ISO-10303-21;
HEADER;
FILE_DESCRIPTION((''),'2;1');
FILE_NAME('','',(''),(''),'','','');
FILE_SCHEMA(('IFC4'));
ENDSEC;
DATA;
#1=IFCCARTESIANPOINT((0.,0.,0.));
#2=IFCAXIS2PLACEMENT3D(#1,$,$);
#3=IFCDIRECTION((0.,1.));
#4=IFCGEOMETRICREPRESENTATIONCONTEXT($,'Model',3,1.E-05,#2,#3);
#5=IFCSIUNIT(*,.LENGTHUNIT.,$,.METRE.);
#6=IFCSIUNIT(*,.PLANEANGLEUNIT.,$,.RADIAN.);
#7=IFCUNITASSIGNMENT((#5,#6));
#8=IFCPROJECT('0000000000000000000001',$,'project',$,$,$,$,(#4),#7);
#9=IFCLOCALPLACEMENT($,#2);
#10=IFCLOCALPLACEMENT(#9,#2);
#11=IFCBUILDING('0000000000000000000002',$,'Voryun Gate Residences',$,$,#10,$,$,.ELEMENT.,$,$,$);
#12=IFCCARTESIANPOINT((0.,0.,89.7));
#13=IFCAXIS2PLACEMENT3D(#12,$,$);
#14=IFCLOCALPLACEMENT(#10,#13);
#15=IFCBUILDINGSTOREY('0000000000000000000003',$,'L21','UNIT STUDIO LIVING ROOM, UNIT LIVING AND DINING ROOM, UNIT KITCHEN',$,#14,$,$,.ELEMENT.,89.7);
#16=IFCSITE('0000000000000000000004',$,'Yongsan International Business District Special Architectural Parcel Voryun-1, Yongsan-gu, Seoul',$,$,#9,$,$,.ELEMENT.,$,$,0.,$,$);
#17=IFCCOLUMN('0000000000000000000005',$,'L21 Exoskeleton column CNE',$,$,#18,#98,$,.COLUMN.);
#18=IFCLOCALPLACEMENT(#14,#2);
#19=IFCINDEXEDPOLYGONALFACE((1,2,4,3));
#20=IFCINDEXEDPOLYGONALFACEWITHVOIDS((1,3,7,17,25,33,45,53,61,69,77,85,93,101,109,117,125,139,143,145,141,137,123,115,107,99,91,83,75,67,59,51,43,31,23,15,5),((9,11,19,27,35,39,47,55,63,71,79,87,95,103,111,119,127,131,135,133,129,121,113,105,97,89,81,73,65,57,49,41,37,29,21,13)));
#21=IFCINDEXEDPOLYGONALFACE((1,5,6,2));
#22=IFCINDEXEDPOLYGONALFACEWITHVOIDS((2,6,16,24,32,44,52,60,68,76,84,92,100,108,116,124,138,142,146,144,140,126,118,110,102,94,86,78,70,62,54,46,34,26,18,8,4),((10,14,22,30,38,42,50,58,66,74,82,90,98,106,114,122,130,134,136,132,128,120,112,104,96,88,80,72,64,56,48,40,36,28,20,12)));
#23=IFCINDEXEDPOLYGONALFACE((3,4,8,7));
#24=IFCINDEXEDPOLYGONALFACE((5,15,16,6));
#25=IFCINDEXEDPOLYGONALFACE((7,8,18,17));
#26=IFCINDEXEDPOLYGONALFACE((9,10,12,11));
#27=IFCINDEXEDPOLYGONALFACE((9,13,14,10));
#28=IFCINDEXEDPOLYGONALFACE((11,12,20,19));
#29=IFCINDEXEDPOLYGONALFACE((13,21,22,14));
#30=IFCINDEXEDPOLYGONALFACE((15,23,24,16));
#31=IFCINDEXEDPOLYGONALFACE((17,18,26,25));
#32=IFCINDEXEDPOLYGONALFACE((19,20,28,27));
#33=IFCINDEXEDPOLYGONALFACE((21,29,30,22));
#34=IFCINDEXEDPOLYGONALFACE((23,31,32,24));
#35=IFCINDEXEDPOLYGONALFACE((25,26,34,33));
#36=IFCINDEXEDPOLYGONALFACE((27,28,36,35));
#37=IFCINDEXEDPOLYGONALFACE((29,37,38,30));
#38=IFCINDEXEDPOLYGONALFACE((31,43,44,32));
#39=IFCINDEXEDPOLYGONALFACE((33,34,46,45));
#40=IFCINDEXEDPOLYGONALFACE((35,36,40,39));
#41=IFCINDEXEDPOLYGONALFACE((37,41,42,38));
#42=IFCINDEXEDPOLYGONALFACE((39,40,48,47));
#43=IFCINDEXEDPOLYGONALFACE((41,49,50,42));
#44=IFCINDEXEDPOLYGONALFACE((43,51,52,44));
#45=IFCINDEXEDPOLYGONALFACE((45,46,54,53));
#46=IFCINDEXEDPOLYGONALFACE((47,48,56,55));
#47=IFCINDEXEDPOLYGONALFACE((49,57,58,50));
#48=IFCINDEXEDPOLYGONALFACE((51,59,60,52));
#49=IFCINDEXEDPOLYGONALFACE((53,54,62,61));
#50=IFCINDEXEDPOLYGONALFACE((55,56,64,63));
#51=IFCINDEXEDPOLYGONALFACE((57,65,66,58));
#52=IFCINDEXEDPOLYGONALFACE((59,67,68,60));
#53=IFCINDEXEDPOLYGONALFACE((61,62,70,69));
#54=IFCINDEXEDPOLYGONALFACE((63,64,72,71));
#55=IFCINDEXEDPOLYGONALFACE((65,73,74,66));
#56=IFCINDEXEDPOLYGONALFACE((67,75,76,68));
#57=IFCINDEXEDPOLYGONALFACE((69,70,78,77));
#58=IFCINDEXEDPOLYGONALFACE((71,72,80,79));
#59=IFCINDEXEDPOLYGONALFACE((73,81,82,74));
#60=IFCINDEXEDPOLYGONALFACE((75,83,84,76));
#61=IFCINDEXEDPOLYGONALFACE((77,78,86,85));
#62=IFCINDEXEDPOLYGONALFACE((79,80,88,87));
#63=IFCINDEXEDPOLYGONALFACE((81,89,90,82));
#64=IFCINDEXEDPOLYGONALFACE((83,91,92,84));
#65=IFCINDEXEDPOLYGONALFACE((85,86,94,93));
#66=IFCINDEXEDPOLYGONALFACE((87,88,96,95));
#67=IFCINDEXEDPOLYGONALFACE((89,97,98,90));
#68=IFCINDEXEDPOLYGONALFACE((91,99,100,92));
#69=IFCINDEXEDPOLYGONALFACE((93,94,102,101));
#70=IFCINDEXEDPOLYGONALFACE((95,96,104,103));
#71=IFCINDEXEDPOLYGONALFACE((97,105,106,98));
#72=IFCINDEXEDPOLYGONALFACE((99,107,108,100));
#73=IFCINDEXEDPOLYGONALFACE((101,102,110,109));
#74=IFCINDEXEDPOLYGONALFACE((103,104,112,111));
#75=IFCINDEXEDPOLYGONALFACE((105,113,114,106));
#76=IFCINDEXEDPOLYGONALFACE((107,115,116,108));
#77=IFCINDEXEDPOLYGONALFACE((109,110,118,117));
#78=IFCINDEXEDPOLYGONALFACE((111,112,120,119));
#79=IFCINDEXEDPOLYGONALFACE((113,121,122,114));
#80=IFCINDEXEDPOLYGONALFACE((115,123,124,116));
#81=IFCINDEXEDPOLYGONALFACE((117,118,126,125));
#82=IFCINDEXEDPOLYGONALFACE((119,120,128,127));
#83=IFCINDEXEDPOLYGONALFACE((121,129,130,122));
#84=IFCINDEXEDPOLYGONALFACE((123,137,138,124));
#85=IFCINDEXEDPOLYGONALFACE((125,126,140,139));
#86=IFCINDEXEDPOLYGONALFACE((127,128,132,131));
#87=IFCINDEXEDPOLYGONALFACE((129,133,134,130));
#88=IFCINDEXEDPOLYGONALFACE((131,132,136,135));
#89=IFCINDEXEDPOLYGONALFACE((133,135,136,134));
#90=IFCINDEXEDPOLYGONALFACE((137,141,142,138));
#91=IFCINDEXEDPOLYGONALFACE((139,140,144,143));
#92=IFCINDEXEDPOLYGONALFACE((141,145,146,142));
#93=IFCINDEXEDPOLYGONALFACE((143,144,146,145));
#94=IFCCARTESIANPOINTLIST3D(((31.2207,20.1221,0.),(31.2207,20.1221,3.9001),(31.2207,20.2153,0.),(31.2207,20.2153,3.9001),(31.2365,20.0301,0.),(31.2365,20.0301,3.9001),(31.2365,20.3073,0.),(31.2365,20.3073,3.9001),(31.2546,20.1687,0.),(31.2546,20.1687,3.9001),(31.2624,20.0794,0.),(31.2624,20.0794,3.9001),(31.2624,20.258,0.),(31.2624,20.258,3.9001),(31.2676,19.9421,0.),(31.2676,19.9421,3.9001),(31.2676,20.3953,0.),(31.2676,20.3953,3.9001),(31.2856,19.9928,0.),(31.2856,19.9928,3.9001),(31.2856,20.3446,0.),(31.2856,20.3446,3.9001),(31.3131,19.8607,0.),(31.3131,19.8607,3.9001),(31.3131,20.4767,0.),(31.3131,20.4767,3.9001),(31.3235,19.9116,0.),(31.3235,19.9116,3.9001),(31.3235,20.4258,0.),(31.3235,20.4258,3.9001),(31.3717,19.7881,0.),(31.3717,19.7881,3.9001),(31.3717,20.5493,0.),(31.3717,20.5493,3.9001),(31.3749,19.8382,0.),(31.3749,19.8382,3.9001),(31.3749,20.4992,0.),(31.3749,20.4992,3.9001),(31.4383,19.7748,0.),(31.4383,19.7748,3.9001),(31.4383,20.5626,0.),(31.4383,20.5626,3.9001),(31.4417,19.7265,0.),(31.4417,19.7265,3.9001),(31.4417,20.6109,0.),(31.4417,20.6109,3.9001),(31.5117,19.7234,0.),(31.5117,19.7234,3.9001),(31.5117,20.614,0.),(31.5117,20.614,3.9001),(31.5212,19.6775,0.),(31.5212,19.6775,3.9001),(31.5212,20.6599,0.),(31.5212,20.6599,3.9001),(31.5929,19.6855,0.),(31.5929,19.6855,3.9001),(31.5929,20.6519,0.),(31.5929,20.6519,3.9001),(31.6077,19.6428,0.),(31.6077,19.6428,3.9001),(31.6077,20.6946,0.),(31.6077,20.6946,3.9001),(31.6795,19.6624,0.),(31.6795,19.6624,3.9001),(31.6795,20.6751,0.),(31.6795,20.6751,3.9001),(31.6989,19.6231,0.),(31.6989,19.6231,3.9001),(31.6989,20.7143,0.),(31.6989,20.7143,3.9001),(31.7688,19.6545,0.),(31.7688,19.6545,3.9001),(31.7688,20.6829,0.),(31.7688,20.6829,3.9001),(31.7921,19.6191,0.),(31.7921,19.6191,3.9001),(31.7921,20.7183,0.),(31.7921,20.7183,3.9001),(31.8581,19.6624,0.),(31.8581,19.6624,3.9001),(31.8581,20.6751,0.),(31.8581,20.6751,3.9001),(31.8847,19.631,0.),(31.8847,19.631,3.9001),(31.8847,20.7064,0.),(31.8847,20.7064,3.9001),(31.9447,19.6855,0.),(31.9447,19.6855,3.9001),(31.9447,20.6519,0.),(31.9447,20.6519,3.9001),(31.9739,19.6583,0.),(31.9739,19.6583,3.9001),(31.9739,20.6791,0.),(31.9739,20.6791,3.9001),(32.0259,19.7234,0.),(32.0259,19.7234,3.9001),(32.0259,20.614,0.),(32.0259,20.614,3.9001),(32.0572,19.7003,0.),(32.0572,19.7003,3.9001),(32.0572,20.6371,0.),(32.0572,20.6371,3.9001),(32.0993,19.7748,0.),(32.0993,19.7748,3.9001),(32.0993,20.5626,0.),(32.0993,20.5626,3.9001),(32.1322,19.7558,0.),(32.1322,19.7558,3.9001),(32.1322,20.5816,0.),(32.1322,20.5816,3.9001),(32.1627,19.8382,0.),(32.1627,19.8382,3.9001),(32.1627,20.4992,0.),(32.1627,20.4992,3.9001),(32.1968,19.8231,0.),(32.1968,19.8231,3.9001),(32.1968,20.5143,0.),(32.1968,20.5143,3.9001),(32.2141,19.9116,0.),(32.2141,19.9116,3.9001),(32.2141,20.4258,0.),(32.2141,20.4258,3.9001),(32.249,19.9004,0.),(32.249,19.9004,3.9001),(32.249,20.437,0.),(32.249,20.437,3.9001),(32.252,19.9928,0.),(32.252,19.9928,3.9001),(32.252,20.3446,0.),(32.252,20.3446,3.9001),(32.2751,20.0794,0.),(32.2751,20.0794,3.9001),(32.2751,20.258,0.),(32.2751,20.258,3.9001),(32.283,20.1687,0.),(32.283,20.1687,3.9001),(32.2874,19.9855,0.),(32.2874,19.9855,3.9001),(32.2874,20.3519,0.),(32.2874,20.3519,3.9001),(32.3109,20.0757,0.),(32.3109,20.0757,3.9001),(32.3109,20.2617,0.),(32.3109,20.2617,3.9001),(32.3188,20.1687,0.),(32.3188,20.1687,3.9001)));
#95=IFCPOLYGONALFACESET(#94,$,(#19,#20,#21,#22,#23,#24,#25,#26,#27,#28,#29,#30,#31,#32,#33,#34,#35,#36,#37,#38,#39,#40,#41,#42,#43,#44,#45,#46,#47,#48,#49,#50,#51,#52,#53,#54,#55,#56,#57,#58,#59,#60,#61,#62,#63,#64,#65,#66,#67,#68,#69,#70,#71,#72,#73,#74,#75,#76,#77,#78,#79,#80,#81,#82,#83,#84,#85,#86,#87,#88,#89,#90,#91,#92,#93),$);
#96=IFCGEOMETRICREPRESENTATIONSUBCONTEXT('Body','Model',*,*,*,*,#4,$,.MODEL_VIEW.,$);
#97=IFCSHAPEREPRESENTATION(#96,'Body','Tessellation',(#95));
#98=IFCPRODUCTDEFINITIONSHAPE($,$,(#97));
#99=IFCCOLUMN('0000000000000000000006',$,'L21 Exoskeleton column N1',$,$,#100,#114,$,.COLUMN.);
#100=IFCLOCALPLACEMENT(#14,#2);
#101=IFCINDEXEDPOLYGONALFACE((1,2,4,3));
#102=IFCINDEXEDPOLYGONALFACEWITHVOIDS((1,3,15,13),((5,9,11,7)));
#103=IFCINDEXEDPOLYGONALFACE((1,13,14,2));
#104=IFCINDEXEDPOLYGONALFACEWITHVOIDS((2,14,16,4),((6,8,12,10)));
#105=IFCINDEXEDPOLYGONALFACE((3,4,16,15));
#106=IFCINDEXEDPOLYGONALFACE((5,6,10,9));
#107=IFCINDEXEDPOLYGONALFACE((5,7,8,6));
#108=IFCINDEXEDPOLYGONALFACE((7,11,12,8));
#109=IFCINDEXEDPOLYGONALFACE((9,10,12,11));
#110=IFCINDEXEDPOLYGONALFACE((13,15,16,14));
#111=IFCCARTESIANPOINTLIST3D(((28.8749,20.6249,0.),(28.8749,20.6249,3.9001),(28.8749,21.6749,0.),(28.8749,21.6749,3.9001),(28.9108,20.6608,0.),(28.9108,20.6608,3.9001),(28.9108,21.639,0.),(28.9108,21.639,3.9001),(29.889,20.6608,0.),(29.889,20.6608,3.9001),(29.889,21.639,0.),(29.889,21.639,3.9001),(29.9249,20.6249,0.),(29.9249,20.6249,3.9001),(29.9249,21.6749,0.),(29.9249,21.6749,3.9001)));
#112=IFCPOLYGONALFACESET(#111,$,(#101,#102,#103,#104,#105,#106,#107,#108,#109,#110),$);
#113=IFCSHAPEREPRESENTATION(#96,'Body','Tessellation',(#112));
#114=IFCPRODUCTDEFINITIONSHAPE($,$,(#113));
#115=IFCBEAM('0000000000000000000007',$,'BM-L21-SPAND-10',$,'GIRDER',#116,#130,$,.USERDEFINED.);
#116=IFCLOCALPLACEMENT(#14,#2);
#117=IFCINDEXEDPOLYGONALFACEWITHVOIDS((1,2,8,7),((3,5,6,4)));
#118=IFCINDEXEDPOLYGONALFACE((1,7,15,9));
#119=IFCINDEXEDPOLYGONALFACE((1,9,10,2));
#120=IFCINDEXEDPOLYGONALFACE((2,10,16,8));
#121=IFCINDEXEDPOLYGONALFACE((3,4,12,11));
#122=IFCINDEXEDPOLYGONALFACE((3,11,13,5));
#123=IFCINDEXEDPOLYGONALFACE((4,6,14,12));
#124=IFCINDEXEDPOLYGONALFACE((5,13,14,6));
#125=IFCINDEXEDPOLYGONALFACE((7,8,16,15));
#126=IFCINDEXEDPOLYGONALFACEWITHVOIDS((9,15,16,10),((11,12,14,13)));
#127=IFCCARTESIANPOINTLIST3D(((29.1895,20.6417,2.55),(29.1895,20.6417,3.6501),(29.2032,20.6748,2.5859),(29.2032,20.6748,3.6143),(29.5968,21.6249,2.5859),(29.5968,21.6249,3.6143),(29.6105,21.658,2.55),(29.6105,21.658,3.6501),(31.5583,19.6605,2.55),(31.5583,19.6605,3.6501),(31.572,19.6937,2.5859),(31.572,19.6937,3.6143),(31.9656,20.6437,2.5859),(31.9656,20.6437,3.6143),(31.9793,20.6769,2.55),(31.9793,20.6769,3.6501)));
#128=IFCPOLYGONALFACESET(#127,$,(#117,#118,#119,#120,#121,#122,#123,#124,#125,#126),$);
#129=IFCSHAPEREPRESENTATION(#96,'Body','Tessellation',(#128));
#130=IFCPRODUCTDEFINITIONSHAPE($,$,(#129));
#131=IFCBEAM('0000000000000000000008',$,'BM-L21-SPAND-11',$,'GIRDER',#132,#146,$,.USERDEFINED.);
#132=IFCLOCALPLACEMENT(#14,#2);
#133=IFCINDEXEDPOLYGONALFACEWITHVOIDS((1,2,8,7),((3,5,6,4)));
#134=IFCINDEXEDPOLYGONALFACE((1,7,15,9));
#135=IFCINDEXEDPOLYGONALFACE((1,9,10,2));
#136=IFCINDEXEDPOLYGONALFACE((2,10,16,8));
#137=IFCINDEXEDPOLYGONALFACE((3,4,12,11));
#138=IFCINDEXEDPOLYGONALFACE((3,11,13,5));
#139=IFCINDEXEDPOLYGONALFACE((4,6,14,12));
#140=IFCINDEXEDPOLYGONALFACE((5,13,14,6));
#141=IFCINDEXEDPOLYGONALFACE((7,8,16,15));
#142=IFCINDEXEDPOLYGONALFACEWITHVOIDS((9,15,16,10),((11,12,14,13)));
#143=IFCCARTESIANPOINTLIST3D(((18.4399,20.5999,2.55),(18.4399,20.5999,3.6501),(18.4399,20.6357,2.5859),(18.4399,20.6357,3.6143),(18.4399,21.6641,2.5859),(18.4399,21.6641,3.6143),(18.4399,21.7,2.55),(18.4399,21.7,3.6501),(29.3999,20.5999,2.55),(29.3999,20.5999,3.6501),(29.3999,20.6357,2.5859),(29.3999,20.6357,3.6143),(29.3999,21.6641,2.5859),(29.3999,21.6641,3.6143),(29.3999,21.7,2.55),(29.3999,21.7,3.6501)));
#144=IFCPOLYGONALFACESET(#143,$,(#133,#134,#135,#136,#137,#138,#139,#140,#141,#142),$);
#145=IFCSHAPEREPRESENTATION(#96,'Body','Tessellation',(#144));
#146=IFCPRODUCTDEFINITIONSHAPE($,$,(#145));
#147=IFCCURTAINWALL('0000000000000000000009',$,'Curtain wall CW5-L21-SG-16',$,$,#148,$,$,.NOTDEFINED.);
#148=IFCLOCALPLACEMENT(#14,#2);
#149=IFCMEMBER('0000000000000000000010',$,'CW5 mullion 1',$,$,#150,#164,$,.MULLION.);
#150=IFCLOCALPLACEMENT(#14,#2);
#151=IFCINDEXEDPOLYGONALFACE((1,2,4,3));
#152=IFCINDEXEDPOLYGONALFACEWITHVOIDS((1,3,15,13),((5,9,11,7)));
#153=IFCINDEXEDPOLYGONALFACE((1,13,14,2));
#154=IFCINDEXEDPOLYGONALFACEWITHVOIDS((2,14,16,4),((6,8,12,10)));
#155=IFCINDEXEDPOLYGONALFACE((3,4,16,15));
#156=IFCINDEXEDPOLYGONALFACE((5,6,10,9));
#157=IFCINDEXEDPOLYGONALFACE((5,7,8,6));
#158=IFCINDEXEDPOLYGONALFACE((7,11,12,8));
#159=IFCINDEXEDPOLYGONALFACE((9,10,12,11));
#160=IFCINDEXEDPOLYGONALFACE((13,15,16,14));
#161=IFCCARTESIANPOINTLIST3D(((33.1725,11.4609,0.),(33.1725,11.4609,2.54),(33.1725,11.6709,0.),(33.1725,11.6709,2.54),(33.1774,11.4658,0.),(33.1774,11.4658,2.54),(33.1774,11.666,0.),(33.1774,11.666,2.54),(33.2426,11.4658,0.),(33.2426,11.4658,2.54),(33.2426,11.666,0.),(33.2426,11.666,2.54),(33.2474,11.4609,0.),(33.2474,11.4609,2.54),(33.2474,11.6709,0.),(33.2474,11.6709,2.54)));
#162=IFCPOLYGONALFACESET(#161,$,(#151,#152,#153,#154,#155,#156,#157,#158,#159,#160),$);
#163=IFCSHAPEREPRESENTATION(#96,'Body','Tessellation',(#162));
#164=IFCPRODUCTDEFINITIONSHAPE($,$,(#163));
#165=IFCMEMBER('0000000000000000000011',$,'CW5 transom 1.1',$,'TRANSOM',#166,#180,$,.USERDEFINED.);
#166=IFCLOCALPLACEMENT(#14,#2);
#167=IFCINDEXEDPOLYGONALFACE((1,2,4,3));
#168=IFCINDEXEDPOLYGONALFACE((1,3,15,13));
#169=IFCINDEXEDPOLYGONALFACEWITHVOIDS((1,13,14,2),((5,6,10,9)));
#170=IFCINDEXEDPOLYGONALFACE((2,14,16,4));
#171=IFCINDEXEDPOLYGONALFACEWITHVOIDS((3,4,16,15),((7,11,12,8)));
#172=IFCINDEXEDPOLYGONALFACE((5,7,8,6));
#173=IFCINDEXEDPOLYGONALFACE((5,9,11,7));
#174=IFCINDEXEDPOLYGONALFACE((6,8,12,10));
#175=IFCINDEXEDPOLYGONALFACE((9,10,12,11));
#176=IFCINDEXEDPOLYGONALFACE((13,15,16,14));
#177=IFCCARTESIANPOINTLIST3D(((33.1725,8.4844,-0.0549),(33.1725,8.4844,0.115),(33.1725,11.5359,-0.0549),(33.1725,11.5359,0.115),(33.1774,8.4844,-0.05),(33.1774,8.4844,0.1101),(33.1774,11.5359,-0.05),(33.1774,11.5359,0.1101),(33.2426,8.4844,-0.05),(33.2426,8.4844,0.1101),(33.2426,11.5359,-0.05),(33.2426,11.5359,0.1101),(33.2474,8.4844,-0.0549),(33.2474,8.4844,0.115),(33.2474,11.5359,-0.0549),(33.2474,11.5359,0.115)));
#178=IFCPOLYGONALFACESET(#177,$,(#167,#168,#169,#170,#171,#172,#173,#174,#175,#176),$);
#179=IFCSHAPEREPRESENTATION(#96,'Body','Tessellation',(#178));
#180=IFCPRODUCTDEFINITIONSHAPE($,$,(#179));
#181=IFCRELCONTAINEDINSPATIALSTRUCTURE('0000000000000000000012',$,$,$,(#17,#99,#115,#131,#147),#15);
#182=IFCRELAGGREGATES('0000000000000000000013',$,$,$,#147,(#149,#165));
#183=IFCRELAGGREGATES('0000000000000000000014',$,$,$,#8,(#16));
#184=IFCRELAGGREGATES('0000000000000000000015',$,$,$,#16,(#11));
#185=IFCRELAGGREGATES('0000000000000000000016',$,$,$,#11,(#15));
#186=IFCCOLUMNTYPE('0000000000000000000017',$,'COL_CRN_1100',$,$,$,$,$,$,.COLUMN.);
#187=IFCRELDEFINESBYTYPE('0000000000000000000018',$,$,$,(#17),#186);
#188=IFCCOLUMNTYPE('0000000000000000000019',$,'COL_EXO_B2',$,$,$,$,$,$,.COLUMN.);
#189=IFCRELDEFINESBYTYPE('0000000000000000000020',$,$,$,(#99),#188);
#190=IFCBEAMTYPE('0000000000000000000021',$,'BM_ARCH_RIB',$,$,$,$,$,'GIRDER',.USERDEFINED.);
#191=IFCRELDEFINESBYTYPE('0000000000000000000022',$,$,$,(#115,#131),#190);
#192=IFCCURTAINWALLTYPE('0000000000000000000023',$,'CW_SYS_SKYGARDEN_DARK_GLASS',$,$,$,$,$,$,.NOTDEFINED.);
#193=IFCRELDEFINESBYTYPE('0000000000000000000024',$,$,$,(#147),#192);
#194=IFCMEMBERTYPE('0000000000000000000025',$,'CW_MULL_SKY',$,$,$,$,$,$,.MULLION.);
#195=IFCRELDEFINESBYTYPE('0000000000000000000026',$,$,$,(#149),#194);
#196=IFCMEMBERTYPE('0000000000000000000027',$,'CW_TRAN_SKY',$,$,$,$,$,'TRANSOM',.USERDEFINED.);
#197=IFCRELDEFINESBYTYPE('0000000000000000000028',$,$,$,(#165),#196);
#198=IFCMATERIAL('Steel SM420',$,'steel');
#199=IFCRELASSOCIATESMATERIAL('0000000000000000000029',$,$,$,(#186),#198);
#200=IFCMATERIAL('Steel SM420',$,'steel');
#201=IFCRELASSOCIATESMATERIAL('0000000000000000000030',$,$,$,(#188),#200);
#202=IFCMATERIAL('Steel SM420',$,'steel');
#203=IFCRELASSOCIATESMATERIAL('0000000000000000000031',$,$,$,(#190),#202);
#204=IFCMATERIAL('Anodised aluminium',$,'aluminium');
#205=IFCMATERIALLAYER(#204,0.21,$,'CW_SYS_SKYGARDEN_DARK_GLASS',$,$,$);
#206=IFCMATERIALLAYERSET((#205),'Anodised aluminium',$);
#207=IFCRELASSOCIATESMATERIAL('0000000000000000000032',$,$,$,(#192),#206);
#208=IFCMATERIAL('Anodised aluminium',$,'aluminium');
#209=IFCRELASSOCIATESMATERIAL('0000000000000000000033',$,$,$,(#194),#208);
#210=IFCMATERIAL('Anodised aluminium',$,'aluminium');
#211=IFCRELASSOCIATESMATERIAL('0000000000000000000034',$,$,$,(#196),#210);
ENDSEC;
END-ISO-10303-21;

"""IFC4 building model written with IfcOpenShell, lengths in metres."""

from ifc_helpers import new_model, si_unit, direction, frame, origin, origin_2d, place, context, subcontext, project, spatial, hollow_rectangle, hollow_circle, extrude, material, layer, layer_set, material_profile, profile_set, type_object, element, aggregate, save


model = new_model("IFC4")

# Units and contexts
model_context = context("Model", 3, precision=1e-05, world=origin(), true_north=direction((0.0, 1.0)))
body_context = subcontext(model_context, "Body", "Model", "MODEL_VIEW")
ifc_project = project(units=[si_unit("LENGTHUNIT", "METRE"), si_unit("PLANEANGLEUNIT", "RADIAN")], contexts=[model_context])

# Site, building, storey
site_placement = place(None, origin())
site = spatial("IfcSite", under=ifc_project, at=site_placement, Name="Yongsan International Business District Special Architectural Parcel Voryun-1, Yongsan-gu, Seoul", CompositionType="ELEMENT", RefElevation=0.0)
building_placement = place(site_placement, origin())
building = spatial("IfcBuilding", under=site, at=building_placement, Name="Voryun Gate Residences", CompositionType="ELEMENT")
storey_placement = place(building_placement, frame((0.0, 0.0, 89.7)))
storey = spatial("IfcBuildingStorey", under=building, at=storey_placement, Name="L21", Description="UNIT STUDIO LIVING ROOM, UNIT LIVING AND DINING ROOM, UNIT KITCHEN", CompositionType="ELEMENT", Elevation=89.7)

# Columns
ifc_material_1 = material(Name="Steel SM420", Category="steel")
ifc_material_profile_1 = material_profile(ifc_material_1, hollow_circle(Radius=0.55, WallThickness=0.0359, at=origin_2d()), Name="CHS-1100x36")
ifc_profile_set_1 = profile_set([ifc_material_profile_1], Name="Steel SM420")
column_type_1 = type_object("IfcColumnType", Name="COL_CRN_1100", PredefinedType="COLUMN", material=ifc_profile_set_1)
column_1_placement = place(storey_placement, frame((31.7688, 20.1687, 0.0), z_axis=(0.0, 0.0, 1.0), x_axis=(1.0, 0.0, 0.0)))
element("IfcColumn", 1, at=column_1_placement, inside=storey, type_object=column_type_1, Name="L21 Exoskeleton column CNE", PredefinedType="COLUMN", context=body_context, shape_type="SweptSolid", body=[
    extrude(hollow_circle(Radius=0.55, WallThickness=0.0359, at=origin_2d()), origin(), (0.0, 0.0, 1.0), 3.9001),
])
ifc_material_2 = material(Name="Steel SM420", Category="steel")
ifc_material_profile_2 = material_profile(ifc_material_2, hollow_rectangle(XDim=1.05, YDim=1.05, WallThickness=0.0359, at=origin_2d()), Name="BOX-1050x1050x36")
ifc_profile_set_2 = profile_set([ifc_material_profile_2], Name="Steel SM420")
column_type_2 = type_object("IfcColumnType", Name="COL_EXO_B2", PredefinedType="COLUMN", material=ifc_profile_set_2)
column_2_placement = place(storey_placement, frame((29.3999, 21.1499, 0.0), z_axis=(0.0, 0.0, 1.0), x_axis=(1.0, 0.0, 0.0)))
element("IfcColumn", 2, at=column_2_placement, inside=storey, type_object=column_type_2, Name="L21 Exoskeleton column N1", PredefinedType="COLUMN", context=body_context, shape_type="SweptSolid", body=[
    extrude(hollow_rectangle(XDim=1.05, YDim=1.05, WallThickness=0.0359, at=origin_2d()), origin(), (0.0, 0.0, 1.0), 3.9001),
])

# Beams
ifc_material_3 = material(Name="Steel SM420", Category="steel")
ifc_material_profile_3 = material_profile(ifc_material_3, hollow_rectangle(XDim=1.1001, YDim=1.1001, WallThickness=0.0359, at=origin_2d()), Name="BOX-1100x1100x36")
ifc_profile_set_3 = profile_set([ifc_material_profile_3], Name="Steel SM420")
beam_type = type_object("IfcBeamType", Name="BM_ARCH_RIB", ElementType="GIRDER", PredefinedType="USERDEFINED", material=ifc_profile_set_3)
beam_1_placement = place(storey_placement, frame((31.7688, 20.1687, 3.1001), z_axis=(-0.923883, 0.382674, 0.0), x_axis=(-0.382674, -0.923883, 0.0)))
element("IfcBeam", 3, at=beam_1_placement, inside=storey, type_object=beam_type, Name="BM-L21-SPAND-10", ObjectType="GIRDER", PredefinedType="USERDEFINED", context=body_context, shape_type="SweptSolid", body=[
    extrude(hollow_rectangle(XDim=1.1001, YDim=1.1001, WallThickness=0.0359, at=origin_2d()), origin(), (0.0, 0.0, 1.0), 2.564),
])
beam_2_placement = place(storey_placement, frame((29.3999, 21.1499, 3.1001), z_axis=(-1.0, 0.0, 0.0), x_axis=(0.0, -1.0, 0.0)))
element("IfcBeam", 4, at=beam_2_placement, inside=storey, type_object=beam_type, Name="BM-L21-SPAND-11", ObjectType="GIRDER", PredefinedType="USERDEFINED", context=body_context, shape_type="SweptSolid", body=[
    extrude(hollow_rectangle(XDim=1.1001, YDim=1.1001, WallThickness=0.0359, at=origin_2d()), origin(), (0.0, 0.0, 1.0), 10.96),
])

# Curtain wall, members
ifc_material_4 = material(Name="Anodised aluminium", Category="aluminium")
ifc_layer_1 = layer(ifc_material_4, 0.21, Name="CW_SYS_SKYGARDEN_DARK_GLASS")
ifc_layer_set_1 = layer_set([ifc_layer_1], Name="Anodised aluminium")
curtain_wall_type = type_object("IfcCurtainWallType", Name="CW_SYS_SKYGARDEN_DARK_GLASS", PredefinedType="NOTDEFINED", material=ifc_layer_set_1)
curtain_wall_placement = place(storey_placement, origin())
curtain_wall = element("IfcCurtainWall", 5, at=curtain_wall_placement, inside=storey, type_object=curtain_wall_type, Name="Curtain wall CW5-L21-SG-16", PredefinedType="NOTDEFINED")
ifc_material_5 = material(Name="Anodised aluminium", Category="aluminium")
ifc_material_profile_4 = material_profile(ifc_material_5, hollow_rectangle(XDim=0.075, YDim=0.21, WallThickness=0.0049, at=origin_2d()), Name="ALU-MULL-210x75x5")
ifc_profile_set_4 = profile_set([ifc_material_profile_4], Name="Anodised aluminium")
member_type_1 = type_object("IfcMemberType", Name="CW_MULL_SKY", PredefinedType="MULLION", material=ifc_profile_set_4)
member_1_placement = place(storey_placement, frame((33.21, 11.5659, 0.0), z_axis=(0.0, 0.0, 1.0), x_axis=(1.0, 0.0, 0.0)))
member_1 = element("IfcMember", 6, at=member_1_placement, type_object=member_type_1, Name="CW5 mullion 1", PredefinedType="MULLION", context=body_context, shape_type="SweptSolid", body=[
    extrude(hollow_rectangle(XDim=0.075, YDim=0.21, WallThickness=0.0049, at=origin_2d()), origin(), (0.0, 0.0, 1.0), 2.54),
])
ifc_material_6 = material(Name="Anodised aluminium", Category="aluminium")
ifc_material_profile_5 = material_profile(ifc_material_6, hollow_rectangle(XDim=0.075, YDim=0.1699, WallThickness=0.0049, at=origin_2d()), Name="ALU-TRAN-170x75x5")
ifc_profile_set_5 = profile_set([ifc_material_profile_5], Name="Anodised aluminium")
member_type_2 = type_object("IfcMemberType", Name="CW_TRAN_SKY", ElementType="TRANSOM", PredefinedType="USERDEFINED", material=ifc_profile_set_5)
member_2_placement = place(storey_placement, frame((33.21, 11.5359, 0.03), z_axis=(0.0, -1.0, 0.0), x_axis=(1.0, 0.0, 0.0)))
member_2 = element("IfcMember", 7, at=member_2_placement, type_object=member_type_2, Name="CW5 transom 1.1", ObjectType="TRANSOM", PredefinedType="USERDEFINED", context=body_context, shape_type="SweptSolid", body=[
    extrude(hollow_rectangle(XDim=0.075, YDim=0.1699, WallThickness=0.0049, at=origin_2d()), origin(), (0.0, 0.0, 1.0), 3.0515),
])
aggregate(curtain_wall, [member_1, member_2])

save(model, "model.ifc")
